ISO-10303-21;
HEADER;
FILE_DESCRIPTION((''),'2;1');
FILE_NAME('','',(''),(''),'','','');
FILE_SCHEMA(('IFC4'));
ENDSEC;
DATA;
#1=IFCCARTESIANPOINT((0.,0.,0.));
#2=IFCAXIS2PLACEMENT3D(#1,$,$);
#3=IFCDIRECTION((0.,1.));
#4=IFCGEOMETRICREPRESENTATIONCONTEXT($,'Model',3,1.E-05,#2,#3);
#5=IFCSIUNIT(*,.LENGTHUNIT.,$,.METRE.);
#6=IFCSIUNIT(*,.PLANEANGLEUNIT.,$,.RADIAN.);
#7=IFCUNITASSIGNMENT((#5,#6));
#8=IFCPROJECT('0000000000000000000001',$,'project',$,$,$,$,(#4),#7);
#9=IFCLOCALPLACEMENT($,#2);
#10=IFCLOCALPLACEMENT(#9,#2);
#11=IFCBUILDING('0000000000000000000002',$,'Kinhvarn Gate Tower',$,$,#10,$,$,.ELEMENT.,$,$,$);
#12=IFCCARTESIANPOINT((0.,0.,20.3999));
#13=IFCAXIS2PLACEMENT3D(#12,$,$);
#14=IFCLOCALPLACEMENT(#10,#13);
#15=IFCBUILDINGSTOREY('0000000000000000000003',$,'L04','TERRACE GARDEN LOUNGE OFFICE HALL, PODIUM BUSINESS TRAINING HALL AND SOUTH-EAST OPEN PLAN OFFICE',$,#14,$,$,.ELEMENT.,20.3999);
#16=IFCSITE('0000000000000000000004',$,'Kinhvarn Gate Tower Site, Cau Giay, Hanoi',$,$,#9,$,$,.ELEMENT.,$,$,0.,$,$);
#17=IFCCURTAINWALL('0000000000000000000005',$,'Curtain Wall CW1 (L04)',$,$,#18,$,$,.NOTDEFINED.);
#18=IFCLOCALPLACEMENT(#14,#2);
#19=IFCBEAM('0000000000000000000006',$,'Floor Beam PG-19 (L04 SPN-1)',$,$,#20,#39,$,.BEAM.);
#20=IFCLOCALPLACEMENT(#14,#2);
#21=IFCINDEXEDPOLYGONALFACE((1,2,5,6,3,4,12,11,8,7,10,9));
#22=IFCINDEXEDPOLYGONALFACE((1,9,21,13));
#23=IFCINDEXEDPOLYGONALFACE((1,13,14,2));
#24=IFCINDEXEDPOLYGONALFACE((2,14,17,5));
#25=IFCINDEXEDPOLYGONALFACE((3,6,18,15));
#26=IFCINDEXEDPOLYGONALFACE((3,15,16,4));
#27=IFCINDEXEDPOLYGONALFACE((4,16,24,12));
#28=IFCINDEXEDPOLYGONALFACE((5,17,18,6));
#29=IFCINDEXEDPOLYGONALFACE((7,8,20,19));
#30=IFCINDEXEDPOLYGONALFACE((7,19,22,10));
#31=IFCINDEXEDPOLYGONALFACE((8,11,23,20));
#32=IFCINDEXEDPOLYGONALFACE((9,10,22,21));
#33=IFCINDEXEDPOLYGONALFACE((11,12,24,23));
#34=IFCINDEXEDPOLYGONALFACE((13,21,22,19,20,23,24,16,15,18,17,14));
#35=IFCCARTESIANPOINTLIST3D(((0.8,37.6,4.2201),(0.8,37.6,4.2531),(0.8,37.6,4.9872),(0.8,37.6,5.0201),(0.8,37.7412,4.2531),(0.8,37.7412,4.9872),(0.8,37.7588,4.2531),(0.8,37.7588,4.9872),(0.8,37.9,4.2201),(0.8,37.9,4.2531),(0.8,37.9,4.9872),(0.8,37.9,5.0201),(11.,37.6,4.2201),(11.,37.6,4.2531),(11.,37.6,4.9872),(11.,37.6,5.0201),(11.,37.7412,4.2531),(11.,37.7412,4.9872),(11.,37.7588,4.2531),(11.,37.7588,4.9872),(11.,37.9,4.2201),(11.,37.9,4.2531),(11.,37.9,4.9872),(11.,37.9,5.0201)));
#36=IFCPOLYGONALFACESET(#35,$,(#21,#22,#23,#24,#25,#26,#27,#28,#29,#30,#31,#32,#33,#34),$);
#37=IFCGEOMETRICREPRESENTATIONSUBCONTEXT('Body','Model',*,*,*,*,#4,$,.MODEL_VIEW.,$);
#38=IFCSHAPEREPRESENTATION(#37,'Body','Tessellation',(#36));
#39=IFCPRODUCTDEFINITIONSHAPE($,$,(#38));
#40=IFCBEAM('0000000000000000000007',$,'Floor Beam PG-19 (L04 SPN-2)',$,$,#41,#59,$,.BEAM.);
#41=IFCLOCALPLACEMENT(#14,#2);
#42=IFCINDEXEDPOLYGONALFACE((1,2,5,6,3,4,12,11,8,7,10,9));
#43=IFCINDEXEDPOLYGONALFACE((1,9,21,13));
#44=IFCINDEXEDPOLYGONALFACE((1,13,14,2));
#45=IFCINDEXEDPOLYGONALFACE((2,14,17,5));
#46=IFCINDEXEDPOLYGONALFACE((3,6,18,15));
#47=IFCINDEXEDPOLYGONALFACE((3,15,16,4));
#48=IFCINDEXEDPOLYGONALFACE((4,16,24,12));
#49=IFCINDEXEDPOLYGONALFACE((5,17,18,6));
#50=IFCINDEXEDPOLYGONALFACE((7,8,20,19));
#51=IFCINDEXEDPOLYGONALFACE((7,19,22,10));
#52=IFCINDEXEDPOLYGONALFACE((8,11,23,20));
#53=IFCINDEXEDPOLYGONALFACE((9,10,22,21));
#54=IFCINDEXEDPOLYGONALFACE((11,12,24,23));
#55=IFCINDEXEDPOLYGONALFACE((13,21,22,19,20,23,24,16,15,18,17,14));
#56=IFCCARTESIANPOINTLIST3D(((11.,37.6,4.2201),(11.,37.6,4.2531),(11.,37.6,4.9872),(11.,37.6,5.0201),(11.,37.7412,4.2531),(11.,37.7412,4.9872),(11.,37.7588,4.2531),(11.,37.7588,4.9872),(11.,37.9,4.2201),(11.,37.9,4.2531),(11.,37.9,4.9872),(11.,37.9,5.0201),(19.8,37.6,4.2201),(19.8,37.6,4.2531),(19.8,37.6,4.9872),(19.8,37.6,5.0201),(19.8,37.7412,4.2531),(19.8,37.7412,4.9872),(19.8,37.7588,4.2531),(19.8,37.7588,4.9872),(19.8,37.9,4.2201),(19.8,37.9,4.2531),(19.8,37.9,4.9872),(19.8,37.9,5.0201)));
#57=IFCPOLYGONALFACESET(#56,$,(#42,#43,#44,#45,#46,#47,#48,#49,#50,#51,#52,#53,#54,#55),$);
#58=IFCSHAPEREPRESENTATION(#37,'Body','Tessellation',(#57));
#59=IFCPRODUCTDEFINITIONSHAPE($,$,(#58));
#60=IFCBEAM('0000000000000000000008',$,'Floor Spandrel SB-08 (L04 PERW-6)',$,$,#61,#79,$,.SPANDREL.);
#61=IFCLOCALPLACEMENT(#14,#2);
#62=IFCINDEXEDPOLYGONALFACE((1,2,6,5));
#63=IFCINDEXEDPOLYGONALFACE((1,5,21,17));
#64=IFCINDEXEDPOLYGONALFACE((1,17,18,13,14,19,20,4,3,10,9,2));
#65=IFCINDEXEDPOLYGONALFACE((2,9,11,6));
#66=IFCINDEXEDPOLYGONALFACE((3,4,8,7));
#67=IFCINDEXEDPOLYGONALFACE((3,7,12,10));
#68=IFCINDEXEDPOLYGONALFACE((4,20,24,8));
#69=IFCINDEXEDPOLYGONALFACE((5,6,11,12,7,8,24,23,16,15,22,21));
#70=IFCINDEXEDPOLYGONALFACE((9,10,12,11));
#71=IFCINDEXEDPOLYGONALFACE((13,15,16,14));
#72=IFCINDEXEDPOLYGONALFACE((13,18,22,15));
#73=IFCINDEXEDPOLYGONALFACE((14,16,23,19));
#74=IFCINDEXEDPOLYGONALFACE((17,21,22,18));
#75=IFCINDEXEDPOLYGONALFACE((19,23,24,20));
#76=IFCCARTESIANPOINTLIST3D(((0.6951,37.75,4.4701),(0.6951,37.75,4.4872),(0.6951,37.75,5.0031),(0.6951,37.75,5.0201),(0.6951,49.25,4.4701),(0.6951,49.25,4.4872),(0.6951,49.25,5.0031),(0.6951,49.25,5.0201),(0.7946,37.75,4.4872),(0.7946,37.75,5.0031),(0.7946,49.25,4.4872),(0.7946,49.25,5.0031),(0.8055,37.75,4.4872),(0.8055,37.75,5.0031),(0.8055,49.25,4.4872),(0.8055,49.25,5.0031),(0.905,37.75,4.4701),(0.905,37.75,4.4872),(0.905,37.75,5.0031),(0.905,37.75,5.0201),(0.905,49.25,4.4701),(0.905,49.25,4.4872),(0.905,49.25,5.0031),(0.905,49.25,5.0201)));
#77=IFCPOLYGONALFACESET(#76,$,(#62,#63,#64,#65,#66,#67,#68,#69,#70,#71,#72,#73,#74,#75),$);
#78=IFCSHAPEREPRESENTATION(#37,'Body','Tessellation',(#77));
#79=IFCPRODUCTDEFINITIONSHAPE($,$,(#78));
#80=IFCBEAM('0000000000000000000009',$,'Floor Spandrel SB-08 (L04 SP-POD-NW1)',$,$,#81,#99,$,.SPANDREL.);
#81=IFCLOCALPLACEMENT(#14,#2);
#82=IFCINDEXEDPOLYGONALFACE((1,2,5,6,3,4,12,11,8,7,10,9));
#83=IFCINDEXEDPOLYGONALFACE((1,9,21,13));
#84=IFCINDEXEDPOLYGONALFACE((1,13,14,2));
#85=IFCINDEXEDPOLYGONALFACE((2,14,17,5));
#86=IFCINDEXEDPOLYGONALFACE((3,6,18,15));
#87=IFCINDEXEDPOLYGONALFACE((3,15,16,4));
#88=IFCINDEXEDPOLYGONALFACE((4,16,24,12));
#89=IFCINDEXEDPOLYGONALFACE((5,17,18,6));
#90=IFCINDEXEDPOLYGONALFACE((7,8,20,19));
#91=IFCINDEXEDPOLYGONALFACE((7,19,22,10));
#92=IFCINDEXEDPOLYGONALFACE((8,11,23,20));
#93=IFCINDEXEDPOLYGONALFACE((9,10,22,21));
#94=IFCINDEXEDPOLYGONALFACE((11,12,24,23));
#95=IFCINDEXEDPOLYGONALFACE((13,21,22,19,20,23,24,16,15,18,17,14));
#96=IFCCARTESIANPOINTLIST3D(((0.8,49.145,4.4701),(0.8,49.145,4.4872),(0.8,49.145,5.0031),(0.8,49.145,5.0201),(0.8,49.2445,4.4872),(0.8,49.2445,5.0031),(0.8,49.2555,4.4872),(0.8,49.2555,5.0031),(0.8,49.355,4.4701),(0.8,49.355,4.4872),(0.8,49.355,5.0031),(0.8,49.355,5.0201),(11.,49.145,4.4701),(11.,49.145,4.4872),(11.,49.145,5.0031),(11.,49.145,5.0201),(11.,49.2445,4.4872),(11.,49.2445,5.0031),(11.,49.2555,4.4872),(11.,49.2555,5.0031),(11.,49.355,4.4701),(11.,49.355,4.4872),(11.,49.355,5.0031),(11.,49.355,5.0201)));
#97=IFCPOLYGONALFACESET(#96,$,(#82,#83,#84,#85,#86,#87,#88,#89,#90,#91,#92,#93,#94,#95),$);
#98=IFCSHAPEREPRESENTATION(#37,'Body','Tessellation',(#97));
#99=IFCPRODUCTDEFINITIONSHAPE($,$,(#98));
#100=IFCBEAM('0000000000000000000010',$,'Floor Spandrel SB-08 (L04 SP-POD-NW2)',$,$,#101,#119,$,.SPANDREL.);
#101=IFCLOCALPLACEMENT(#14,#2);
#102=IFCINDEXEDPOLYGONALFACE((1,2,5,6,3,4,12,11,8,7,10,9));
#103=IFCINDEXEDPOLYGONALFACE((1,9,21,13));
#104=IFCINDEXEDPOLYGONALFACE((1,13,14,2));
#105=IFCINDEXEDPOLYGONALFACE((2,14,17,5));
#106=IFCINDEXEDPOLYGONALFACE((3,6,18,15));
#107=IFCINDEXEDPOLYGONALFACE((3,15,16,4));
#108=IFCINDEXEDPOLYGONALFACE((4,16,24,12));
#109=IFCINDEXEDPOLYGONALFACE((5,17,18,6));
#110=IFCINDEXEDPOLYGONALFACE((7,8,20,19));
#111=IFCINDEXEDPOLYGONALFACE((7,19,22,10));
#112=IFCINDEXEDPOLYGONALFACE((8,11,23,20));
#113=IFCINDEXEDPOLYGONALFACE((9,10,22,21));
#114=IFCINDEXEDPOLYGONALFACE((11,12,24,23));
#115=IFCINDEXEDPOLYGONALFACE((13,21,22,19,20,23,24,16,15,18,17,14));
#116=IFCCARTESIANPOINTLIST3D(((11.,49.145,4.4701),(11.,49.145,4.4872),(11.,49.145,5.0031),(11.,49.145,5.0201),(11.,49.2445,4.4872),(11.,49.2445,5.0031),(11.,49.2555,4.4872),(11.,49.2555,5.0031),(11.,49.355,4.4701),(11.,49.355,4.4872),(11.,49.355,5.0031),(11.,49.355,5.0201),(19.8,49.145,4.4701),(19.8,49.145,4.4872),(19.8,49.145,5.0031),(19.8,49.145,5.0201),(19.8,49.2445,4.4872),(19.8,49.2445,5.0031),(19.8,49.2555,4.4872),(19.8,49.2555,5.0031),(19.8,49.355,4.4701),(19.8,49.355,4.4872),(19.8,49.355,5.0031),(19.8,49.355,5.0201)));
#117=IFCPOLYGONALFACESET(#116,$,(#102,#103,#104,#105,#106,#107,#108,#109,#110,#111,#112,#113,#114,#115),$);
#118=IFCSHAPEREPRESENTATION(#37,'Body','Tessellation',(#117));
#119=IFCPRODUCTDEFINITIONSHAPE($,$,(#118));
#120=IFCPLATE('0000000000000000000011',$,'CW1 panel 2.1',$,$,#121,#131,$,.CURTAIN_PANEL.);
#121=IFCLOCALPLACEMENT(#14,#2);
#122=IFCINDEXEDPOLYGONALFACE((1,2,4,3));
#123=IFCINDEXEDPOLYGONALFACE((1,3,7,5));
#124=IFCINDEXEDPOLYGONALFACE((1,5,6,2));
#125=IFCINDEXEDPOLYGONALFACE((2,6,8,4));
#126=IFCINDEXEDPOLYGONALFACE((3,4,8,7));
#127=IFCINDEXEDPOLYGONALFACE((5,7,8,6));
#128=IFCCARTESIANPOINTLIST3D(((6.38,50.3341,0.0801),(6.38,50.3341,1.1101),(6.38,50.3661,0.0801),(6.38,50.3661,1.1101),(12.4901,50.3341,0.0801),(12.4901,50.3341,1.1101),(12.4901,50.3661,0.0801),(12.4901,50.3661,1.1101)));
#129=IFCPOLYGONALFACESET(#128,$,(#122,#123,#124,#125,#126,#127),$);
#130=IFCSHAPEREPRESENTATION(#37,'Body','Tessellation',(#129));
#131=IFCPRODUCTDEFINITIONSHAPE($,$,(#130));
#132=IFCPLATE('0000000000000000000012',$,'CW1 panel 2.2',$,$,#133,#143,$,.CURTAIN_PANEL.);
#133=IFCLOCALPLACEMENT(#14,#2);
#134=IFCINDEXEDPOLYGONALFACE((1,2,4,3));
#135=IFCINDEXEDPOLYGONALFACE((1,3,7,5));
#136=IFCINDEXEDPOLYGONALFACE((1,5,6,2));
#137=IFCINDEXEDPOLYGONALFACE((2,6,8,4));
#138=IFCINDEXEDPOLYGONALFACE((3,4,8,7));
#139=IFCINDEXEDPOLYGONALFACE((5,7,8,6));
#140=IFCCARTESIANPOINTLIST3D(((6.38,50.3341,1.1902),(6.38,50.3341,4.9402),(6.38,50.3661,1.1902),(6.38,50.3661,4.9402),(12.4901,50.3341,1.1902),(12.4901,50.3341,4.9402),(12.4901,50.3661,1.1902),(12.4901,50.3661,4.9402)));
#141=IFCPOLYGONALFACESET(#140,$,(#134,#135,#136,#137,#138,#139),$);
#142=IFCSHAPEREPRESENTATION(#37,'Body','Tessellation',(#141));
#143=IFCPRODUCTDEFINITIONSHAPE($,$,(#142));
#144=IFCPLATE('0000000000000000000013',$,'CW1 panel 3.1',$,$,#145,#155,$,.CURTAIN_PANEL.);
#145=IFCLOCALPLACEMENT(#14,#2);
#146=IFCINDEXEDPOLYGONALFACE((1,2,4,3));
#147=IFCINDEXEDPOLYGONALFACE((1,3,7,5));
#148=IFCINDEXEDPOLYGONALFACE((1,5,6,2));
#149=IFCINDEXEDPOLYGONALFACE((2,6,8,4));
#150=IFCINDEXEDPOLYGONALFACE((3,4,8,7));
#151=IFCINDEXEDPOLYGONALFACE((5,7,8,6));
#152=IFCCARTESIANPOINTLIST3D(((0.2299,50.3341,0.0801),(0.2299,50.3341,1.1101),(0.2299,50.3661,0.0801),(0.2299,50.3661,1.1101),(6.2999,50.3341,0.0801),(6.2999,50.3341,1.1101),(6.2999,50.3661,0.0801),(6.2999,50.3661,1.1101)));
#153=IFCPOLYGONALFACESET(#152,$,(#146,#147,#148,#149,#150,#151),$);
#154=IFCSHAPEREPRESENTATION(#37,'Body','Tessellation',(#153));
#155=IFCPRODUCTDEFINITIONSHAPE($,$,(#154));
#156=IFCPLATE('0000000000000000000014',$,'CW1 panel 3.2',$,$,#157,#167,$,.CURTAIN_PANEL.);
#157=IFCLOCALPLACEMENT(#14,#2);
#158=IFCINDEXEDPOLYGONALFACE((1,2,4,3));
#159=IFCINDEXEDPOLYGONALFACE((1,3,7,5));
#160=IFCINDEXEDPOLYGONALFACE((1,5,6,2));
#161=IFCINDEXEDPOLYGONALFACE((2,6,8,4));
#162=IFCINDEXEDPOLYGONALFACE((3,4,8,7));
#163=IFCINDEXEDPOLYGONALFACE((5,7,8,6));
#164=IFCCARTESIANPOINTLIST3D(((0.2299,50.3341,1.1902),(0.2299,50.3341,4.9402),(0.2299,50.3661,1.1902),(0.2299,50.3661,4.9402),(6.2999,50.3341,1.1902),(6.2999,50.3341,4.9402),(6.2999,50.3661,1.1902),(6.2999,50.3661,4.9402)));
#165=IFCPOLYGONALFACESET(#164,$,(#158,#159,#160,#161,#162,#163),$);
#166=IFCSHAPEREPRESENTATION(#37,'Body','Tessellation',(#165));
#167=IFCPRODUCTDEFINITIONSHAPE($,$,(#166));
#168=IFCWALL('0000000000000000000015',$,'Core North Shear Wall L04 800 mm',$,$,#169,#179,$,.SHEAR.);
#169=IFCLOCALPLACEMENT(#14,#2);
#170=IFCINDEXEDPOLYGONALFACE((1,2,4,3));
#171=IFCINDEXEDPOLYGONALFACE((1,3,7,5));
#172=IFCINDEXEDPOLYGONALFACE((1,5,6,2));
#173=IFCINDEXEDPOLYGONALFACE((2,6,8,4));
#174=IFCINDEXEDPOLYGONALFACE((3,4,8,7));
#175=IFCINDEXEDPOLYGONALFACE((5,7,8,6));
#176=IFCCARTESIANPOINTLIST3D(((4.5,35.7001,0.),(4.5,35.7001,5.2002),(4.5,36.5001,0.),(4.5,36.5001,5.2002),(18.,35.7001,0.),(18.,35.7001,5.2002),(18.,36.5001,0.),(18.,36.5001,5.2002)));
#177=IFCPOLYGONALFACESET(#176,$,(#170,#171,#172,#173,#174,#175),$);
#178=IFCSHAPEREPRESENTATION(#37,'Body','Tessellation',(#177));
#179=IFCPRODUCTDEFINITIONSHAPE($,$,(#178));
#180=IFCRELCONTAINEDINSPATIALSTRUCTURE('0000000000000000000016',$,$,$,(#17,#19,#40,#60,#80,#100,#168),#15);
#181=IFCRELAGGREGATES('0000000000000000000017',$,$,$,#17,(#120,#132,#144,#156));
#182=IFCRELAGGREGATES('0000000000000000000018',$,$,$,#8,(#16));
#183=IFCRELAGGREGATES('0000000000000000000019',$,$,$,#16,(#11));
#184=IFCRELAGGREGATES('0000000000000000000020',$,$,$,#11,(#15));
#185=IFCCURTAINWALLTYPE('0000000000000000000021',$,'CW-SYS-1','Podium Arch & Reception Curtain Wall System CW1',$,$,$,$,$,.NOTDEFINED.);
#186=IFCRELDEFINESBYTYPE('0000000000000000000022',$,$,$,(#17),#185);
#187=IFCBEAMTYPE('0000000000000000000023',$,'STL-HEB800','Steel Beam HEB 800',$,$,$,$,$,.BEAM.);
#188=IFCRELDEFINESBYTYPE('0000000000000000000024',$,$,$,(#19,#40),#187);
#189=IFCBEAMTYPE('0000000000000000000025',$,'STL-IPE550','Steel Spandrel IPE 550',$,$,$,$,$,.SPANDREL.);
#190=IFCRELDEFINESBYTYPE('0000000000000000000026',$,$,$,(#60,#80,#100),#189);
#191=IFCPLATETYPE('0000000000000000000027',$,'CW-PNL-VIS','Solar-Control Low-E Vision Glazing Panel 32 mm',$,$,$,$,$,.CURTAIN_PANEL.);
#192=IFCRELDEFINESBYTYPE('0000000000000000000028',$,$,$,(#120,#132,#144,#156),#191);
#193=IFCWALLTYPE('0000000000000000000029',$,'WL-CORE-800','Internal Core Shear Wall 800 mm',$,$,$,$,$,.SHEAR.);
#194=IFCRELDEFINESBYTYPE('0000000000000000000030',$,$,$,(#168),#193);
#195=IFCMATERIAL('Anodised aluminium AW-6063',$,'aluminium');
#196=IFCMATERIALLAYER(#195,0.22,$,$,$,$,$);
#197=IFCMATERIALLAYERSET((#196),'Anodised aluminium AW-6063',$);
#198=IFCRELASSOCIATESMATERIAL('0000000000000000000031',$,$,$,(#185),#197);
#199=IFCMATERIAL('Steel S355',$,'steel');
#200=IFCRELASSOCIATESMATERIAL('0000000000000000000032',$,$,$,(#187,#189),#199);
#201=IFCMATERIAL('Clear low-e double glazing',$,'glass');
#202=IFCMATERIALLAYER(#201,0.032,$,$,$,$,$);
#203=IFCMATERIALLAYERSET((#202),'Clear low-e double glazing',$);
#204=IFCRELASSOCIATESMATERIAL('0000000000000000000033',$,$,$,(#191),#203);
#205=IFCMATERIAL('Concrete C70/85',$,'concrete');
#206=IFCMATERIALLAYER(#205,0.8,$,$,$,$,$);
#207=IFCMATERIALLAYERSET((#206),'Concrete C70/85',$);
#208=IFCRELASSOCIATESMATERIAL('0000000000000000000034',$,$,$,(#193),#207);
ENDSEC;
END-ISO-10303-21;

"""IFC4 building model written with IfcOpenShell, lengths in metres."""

from ifc_helpers import new_model, si_unit, direction, frame, frame_2d, origin, origin_2d, place, context, subcontext, project, spatial, rectangle, i_section, extrude, material, layer, layer_set, material_profile, profile_set, type_object, element, aggregate, save


model = new_model("IFC4")

# Units and contexts
model_context = context("Model", 3, precision=1e-05, world=origin(), true_north=direction((0.0, 1.0)))
body_context = subcontext(model_context, "Body", "Model", "MODEL_VIEW")
ifc_project = project(units=[si_unit("LENGTHUNIT", "METRE"), si_unit("PLANEANGLEUNIT", "RADIAN")], contexts=[model_context])

# Site, building, storey
site_placement = place(None, origin())
site = spatial("IfcSite", under=ifc_project, at=site_placement, Name="Kinhvarn Gate Tower Site, Cau Giay, Hanoi", CompositionType="ELEMENT", RefElevation=0.0)
building_placement = place(site_placement, origin())
building = spatial("IfcBuilding", under=site, at=building_placement, Name="Kinhvarn Gate Tower", CompositionType="ELEMENT")
storey_placement = place(building_placement, frame((0.0, 0.0, 20.3999)))
storey = spatial("IfcBuildingStorey", under=building, at=storey_placement, Name="L04", Description="TERRACE GARDEN LOUNGE OFFICE HALL, PODIUM BUSINESS TRAINING HALL AND SOUTH-EAST OPEN PLAN OFFICE", CompositionType="ELEMENT", Elevation=20.3999)

# Shared definitions
ifc_material_1 = material(Name="Concrete C70/85", Category="concrete")

# Curtain wall
ifc_material_2 = material(Name="Anodised aluminium AW-6063", Category="aluminium")
ifc_layer_1 = layer(ifc_material_2, 0.22)
ifc_layer_set_1 = layer_set([ifc_layer_1], Name="Anodised aluminium AW-6063")
curtain_wall_type = type_object("IfcCurtainWallType", Name="CW-SYS-1", Description="Podium Arch & Reception Curtain Wall System CW1", PredefinedType="NOTDEFINED", material=ifc_layer_set_1)
curtain_wall_placement = place(storey_placement, origin())
curtain_wall = element("IfcCurtainWall", 1, at=curtain_wall_placement, inside=storey, type_object=curtain_wall_type, Name="Curtain Wall CW1 (L04)", PredefinedType="NOTDEFINED")

# Beams
ifc_material_3 = material(Name="Steel S355", Category="steel")
ifc_material_profile_1 = material_profile(ifc_material_3, i_section(OverallWidth=0.3, OverallDepth=0.8, WebThickness=0.0176, FlangeThickness=0.033, at=origin_2d()), Name="HEB 800")
ifc_profile_set_1 = profile_set([ifc_material_profile_1], Name="Steel S355")
beam_type_1 = type_object("IfcBeamType", Name="STL-HEB800", Description="Steel Beam HEB 800", PredefinedType="BEAM", material=ifc_profile_set_1)
beam_1_placement = place(storey_placement, frame((0.8, 37.75, 4.6201), z_axis=(1.0, 0.0, 0.0), x_axis=(0.0, 1.0, 0.0)))
element("IfcBeam", 2, at=beam_1_placement, inside=storey, type_object=beam_type_1, Name="Floor Beam PG-19 (L04 SPN-1)", PredefinedType="BEAM", context=body_context, shape_type="SweptSolid", body=[
    extrude(i_section(OverallWidth=0.3, OverallDepth=0.8, WebThickness=0.0176, FlangeThickness=0.033, at=origin_2d()), origin(), (0.0, 0.0, 1.0), 10.2),
])
beam_2_placement = place(storey_placement, frame((11.0, 37.75, 4.6201), z_axis=(1.0, 0.0, 0.0), x_axis=(0.0, 1.0, 0.0)))
element("IfcBeam", 3, at=beam_2_placement, inside=storey, type_object=beam_type_1, Name="Floor Beam PG-19 (L04 SPN-2)", PredefinedType="BEAM", context=body_context, shape_type="SweptSolid", body=[
    extrude(i_section(OverallWidth=0.3, OverallDepth=0.8, WebThickness=0.0176, FlangeThickness=0.033, at=origin_2d()), origin(), (0.0, 0.0, 1.0), 8.8),
])
ifc_material_profile_2 = material_profile(ifc_material_3, i_section(OverallWidth=0.21, OverallDepth=0.55, WebThickness=0.011, FlangeThickness=0.0171, at=origin_2d()), Name="IPE 550")
ifc_profile_set_2 = profile_set([ifc_material_profile_2], Name="Steel S355")
beam_type_2 = type_object("IfcBeamType", Name="STL-IPE550", Description="Steel Spandrel IPE 550", PredefinedType="SPANDREL", material=ifc_profile_set_2)
beam_3_placement = place(storey_placement, frame((0.8, 37.75, 4.7451), z_axis=(0.0, 1.0, 0.0), x_axis=(-1.0, 0.0, 0.0)))
element("IfcBeam", 4, at=beam_3_placement, inside=storey, type_object=beam_type_2, Name="Floor Spandrel SB-08 (L04 PERW-6)", PredefinedType="SPANDREL", context=body_context, shape_type="SweptSolid", body=[
    extrude(i_section(OverallWidth=0.21, OverallDepth=0.55, WebThickness=0.011, FlangeThickness=0.0171, at=origin_2d()), origin(), (0.0, 0.0, 1.0), 11.5),
])
beam_4_placement = place(storey_placement, frame((0.8, 49.25, 4.7451), z_axis=(1.0, 0.0, 0.0), x_axis=(0.0, 1.0, 0.0)))
element("IfcBeam", 5, at=beam_4_placement, inside=storey, type_object=beam_type_2, Name="Floor Spandrel SB-08 (L04 SP-POD-NW1)", PredefinedType="SPANDREL", context=body_context, shape_type="SweptSolid", body=[
    extrude(i_section(OverallWidth=0.21, OverallDepth=0.55, WebThickness=0.011, FlangeThickness=0.0171, at=origin_2d()), origin(), (0.0, 0.0, 1.0), 10.2),
])
beam_5_placement = place(storey_placement, frame((11.0, 49.25, 4.7451), z_axis=(1.0, 0.0, 0.0), x_axis=(0.0, 1.0, 0.0)))
element("IfcBeam", 6, at=beam_5_placement, inside=storey, type_object=beam_type_2, Name="Floor Spandrel SB-08 (L04 SP-POD-NW2)", PredefinedType="SPANDREL", context=body_context, shape_type="SweptSolid", body=[
    extrude(i_section(OverallWidth=0.21, OverallDepth=0.55, WebThickness=0.011, FlangeThickness=0.0171, at=origin_2d()), origin(), (0.0, 0.0, 1.0), 8.8),
])

# Plates
ifc_material_4 = material(Name="Clear low-e double glazing", Category="glass")
ifc_layer_2 = layer(ifc_material_4, 0.032)
ifc_layer_set_2 = layer_set([ifc_layer_2], Name="Clear low-e double glazing")
plate_type = type_object("IfcPlateType", Name="CW-PNL-VIS", Description="Solar-Control Low-E Vision Glazing Panel 32 mm", PredefinedType="CURTAIN_PANEL", material=ifc_layer_set_2)
plate_1_placement = place(storey_placement, frame((9.4351, 50.3501, 0.0801), z_axis=(0.0, 0.0, 1.0), x_axis=(-1.0, 0.0, 0.0)))
plate_1 = element("IfcPlate", 7, at=plate_1_placement, type_object=plate_type, Name="CW1 panel 2.1", PredefinedType="CURTAIN_PANEL", context=body_context, shape_type="SweptSolid", body=[
    extrude(rectangle(XDim=6.1101, YDim=0.032, at=origin_2d()), origin(), (0.0, 0.0, 1.0), 1.03),
])
plate_2_placement = place(storey_placement, frame((9.4351, 50.3501, 1.1902), z_axis=(0.0, 0.0, 1.0), x_axis=(-1.0, 0.0, 0.0)))
plate_2 = element("IfcPlate", 8, at=plate_2_placement, type_object=plate_type, Name="CW1 panel 2.2", PredefinedType="CURTAIN_PANEL", context=body_context, shape_type="SweptSolid", body=[
    extrude(rectangle(XDim=6.1101, YDim=0.032, at=origin_2d()), origin(), (0.0, 0.0, 1.0), 3.75),
])
plate_3_placement = place(storey_placement, frame((3.2649, 50.3501, 0.0801), z_axis=(0.0, 0.0, 1.0), x_axis=(-1.0, 0.0, 0.0)))
plate_3 = element("IfcPlate", 9, at=plate_3_placement, type_object=plate_type, Name="CW1 panel 3.1", PredefinedType="CURTAIN_PANEL", context=body_context, shape_type="SweptSolid", body=[
    extrude(rectangle(XDim=6.0701, YDim=0.032, at=origin_2d()), origin(), (0.0, 0.0, 1.0), 1.03),
])
plate_4_placement = place(storey_placement, frame((3.2649, 50.3501, 1.1902), z_axis=(0.0, 0.0, 1.0), x_axis=(-1.0, 0.0, 0.0)))
plate_4 = element("IfcPlate", 10, at=plate_4_placement, type_object=plate_type, Name="CW1 panel 3.2", PredefinedType="CURTAIN_PANEL", context=body_context, shape_type="SweptSolid", body=[
    extrude(rectangle(XDim=6.0701, YDim=0.032, at=origin_2d()), origin(), (0.0, 0.0, 1.0), 3.75),
])
aggregate(curtain_wall, [plate_1, plate_2, plate_3, plate_4])

# Wall
ifc_layer_3 = layer(ifc_material_1, 0.8)
ifc_layer_set_3 = layer_set([ifc_layer_3], Name="Concrete C70/85")
wall_type_1 = type_object("IfcWallType", Name="WL-CORE-800", Description="Internal Core Shear Wall 800 mm", PredefinedType="SHEAR", material=ifc_layer_set_3)
wall_1_placement = place(storey_placement, frame((4.5, 36.1001, 0.0), z_axis=(0.0, 0.0, 1.0), x_axis=(1.0, 0.0, 0.0)))
element("IfcWall", 11, at=wall_1_placement, inside=storey, type_object=wall_type_1, Name="Core North Shear Wall L04 800 mm", PredefinedType="SHEAR", context=body_context, shape_type="SweptSolid", body=[
    extrude(rectangle(XDim=13.5, YDim=0.8, at=frame_2d((6.75, 0.0))), origin(), (0.0, 0.0, 1.0), 5.2002),
])

save(model, "model.ifc")
